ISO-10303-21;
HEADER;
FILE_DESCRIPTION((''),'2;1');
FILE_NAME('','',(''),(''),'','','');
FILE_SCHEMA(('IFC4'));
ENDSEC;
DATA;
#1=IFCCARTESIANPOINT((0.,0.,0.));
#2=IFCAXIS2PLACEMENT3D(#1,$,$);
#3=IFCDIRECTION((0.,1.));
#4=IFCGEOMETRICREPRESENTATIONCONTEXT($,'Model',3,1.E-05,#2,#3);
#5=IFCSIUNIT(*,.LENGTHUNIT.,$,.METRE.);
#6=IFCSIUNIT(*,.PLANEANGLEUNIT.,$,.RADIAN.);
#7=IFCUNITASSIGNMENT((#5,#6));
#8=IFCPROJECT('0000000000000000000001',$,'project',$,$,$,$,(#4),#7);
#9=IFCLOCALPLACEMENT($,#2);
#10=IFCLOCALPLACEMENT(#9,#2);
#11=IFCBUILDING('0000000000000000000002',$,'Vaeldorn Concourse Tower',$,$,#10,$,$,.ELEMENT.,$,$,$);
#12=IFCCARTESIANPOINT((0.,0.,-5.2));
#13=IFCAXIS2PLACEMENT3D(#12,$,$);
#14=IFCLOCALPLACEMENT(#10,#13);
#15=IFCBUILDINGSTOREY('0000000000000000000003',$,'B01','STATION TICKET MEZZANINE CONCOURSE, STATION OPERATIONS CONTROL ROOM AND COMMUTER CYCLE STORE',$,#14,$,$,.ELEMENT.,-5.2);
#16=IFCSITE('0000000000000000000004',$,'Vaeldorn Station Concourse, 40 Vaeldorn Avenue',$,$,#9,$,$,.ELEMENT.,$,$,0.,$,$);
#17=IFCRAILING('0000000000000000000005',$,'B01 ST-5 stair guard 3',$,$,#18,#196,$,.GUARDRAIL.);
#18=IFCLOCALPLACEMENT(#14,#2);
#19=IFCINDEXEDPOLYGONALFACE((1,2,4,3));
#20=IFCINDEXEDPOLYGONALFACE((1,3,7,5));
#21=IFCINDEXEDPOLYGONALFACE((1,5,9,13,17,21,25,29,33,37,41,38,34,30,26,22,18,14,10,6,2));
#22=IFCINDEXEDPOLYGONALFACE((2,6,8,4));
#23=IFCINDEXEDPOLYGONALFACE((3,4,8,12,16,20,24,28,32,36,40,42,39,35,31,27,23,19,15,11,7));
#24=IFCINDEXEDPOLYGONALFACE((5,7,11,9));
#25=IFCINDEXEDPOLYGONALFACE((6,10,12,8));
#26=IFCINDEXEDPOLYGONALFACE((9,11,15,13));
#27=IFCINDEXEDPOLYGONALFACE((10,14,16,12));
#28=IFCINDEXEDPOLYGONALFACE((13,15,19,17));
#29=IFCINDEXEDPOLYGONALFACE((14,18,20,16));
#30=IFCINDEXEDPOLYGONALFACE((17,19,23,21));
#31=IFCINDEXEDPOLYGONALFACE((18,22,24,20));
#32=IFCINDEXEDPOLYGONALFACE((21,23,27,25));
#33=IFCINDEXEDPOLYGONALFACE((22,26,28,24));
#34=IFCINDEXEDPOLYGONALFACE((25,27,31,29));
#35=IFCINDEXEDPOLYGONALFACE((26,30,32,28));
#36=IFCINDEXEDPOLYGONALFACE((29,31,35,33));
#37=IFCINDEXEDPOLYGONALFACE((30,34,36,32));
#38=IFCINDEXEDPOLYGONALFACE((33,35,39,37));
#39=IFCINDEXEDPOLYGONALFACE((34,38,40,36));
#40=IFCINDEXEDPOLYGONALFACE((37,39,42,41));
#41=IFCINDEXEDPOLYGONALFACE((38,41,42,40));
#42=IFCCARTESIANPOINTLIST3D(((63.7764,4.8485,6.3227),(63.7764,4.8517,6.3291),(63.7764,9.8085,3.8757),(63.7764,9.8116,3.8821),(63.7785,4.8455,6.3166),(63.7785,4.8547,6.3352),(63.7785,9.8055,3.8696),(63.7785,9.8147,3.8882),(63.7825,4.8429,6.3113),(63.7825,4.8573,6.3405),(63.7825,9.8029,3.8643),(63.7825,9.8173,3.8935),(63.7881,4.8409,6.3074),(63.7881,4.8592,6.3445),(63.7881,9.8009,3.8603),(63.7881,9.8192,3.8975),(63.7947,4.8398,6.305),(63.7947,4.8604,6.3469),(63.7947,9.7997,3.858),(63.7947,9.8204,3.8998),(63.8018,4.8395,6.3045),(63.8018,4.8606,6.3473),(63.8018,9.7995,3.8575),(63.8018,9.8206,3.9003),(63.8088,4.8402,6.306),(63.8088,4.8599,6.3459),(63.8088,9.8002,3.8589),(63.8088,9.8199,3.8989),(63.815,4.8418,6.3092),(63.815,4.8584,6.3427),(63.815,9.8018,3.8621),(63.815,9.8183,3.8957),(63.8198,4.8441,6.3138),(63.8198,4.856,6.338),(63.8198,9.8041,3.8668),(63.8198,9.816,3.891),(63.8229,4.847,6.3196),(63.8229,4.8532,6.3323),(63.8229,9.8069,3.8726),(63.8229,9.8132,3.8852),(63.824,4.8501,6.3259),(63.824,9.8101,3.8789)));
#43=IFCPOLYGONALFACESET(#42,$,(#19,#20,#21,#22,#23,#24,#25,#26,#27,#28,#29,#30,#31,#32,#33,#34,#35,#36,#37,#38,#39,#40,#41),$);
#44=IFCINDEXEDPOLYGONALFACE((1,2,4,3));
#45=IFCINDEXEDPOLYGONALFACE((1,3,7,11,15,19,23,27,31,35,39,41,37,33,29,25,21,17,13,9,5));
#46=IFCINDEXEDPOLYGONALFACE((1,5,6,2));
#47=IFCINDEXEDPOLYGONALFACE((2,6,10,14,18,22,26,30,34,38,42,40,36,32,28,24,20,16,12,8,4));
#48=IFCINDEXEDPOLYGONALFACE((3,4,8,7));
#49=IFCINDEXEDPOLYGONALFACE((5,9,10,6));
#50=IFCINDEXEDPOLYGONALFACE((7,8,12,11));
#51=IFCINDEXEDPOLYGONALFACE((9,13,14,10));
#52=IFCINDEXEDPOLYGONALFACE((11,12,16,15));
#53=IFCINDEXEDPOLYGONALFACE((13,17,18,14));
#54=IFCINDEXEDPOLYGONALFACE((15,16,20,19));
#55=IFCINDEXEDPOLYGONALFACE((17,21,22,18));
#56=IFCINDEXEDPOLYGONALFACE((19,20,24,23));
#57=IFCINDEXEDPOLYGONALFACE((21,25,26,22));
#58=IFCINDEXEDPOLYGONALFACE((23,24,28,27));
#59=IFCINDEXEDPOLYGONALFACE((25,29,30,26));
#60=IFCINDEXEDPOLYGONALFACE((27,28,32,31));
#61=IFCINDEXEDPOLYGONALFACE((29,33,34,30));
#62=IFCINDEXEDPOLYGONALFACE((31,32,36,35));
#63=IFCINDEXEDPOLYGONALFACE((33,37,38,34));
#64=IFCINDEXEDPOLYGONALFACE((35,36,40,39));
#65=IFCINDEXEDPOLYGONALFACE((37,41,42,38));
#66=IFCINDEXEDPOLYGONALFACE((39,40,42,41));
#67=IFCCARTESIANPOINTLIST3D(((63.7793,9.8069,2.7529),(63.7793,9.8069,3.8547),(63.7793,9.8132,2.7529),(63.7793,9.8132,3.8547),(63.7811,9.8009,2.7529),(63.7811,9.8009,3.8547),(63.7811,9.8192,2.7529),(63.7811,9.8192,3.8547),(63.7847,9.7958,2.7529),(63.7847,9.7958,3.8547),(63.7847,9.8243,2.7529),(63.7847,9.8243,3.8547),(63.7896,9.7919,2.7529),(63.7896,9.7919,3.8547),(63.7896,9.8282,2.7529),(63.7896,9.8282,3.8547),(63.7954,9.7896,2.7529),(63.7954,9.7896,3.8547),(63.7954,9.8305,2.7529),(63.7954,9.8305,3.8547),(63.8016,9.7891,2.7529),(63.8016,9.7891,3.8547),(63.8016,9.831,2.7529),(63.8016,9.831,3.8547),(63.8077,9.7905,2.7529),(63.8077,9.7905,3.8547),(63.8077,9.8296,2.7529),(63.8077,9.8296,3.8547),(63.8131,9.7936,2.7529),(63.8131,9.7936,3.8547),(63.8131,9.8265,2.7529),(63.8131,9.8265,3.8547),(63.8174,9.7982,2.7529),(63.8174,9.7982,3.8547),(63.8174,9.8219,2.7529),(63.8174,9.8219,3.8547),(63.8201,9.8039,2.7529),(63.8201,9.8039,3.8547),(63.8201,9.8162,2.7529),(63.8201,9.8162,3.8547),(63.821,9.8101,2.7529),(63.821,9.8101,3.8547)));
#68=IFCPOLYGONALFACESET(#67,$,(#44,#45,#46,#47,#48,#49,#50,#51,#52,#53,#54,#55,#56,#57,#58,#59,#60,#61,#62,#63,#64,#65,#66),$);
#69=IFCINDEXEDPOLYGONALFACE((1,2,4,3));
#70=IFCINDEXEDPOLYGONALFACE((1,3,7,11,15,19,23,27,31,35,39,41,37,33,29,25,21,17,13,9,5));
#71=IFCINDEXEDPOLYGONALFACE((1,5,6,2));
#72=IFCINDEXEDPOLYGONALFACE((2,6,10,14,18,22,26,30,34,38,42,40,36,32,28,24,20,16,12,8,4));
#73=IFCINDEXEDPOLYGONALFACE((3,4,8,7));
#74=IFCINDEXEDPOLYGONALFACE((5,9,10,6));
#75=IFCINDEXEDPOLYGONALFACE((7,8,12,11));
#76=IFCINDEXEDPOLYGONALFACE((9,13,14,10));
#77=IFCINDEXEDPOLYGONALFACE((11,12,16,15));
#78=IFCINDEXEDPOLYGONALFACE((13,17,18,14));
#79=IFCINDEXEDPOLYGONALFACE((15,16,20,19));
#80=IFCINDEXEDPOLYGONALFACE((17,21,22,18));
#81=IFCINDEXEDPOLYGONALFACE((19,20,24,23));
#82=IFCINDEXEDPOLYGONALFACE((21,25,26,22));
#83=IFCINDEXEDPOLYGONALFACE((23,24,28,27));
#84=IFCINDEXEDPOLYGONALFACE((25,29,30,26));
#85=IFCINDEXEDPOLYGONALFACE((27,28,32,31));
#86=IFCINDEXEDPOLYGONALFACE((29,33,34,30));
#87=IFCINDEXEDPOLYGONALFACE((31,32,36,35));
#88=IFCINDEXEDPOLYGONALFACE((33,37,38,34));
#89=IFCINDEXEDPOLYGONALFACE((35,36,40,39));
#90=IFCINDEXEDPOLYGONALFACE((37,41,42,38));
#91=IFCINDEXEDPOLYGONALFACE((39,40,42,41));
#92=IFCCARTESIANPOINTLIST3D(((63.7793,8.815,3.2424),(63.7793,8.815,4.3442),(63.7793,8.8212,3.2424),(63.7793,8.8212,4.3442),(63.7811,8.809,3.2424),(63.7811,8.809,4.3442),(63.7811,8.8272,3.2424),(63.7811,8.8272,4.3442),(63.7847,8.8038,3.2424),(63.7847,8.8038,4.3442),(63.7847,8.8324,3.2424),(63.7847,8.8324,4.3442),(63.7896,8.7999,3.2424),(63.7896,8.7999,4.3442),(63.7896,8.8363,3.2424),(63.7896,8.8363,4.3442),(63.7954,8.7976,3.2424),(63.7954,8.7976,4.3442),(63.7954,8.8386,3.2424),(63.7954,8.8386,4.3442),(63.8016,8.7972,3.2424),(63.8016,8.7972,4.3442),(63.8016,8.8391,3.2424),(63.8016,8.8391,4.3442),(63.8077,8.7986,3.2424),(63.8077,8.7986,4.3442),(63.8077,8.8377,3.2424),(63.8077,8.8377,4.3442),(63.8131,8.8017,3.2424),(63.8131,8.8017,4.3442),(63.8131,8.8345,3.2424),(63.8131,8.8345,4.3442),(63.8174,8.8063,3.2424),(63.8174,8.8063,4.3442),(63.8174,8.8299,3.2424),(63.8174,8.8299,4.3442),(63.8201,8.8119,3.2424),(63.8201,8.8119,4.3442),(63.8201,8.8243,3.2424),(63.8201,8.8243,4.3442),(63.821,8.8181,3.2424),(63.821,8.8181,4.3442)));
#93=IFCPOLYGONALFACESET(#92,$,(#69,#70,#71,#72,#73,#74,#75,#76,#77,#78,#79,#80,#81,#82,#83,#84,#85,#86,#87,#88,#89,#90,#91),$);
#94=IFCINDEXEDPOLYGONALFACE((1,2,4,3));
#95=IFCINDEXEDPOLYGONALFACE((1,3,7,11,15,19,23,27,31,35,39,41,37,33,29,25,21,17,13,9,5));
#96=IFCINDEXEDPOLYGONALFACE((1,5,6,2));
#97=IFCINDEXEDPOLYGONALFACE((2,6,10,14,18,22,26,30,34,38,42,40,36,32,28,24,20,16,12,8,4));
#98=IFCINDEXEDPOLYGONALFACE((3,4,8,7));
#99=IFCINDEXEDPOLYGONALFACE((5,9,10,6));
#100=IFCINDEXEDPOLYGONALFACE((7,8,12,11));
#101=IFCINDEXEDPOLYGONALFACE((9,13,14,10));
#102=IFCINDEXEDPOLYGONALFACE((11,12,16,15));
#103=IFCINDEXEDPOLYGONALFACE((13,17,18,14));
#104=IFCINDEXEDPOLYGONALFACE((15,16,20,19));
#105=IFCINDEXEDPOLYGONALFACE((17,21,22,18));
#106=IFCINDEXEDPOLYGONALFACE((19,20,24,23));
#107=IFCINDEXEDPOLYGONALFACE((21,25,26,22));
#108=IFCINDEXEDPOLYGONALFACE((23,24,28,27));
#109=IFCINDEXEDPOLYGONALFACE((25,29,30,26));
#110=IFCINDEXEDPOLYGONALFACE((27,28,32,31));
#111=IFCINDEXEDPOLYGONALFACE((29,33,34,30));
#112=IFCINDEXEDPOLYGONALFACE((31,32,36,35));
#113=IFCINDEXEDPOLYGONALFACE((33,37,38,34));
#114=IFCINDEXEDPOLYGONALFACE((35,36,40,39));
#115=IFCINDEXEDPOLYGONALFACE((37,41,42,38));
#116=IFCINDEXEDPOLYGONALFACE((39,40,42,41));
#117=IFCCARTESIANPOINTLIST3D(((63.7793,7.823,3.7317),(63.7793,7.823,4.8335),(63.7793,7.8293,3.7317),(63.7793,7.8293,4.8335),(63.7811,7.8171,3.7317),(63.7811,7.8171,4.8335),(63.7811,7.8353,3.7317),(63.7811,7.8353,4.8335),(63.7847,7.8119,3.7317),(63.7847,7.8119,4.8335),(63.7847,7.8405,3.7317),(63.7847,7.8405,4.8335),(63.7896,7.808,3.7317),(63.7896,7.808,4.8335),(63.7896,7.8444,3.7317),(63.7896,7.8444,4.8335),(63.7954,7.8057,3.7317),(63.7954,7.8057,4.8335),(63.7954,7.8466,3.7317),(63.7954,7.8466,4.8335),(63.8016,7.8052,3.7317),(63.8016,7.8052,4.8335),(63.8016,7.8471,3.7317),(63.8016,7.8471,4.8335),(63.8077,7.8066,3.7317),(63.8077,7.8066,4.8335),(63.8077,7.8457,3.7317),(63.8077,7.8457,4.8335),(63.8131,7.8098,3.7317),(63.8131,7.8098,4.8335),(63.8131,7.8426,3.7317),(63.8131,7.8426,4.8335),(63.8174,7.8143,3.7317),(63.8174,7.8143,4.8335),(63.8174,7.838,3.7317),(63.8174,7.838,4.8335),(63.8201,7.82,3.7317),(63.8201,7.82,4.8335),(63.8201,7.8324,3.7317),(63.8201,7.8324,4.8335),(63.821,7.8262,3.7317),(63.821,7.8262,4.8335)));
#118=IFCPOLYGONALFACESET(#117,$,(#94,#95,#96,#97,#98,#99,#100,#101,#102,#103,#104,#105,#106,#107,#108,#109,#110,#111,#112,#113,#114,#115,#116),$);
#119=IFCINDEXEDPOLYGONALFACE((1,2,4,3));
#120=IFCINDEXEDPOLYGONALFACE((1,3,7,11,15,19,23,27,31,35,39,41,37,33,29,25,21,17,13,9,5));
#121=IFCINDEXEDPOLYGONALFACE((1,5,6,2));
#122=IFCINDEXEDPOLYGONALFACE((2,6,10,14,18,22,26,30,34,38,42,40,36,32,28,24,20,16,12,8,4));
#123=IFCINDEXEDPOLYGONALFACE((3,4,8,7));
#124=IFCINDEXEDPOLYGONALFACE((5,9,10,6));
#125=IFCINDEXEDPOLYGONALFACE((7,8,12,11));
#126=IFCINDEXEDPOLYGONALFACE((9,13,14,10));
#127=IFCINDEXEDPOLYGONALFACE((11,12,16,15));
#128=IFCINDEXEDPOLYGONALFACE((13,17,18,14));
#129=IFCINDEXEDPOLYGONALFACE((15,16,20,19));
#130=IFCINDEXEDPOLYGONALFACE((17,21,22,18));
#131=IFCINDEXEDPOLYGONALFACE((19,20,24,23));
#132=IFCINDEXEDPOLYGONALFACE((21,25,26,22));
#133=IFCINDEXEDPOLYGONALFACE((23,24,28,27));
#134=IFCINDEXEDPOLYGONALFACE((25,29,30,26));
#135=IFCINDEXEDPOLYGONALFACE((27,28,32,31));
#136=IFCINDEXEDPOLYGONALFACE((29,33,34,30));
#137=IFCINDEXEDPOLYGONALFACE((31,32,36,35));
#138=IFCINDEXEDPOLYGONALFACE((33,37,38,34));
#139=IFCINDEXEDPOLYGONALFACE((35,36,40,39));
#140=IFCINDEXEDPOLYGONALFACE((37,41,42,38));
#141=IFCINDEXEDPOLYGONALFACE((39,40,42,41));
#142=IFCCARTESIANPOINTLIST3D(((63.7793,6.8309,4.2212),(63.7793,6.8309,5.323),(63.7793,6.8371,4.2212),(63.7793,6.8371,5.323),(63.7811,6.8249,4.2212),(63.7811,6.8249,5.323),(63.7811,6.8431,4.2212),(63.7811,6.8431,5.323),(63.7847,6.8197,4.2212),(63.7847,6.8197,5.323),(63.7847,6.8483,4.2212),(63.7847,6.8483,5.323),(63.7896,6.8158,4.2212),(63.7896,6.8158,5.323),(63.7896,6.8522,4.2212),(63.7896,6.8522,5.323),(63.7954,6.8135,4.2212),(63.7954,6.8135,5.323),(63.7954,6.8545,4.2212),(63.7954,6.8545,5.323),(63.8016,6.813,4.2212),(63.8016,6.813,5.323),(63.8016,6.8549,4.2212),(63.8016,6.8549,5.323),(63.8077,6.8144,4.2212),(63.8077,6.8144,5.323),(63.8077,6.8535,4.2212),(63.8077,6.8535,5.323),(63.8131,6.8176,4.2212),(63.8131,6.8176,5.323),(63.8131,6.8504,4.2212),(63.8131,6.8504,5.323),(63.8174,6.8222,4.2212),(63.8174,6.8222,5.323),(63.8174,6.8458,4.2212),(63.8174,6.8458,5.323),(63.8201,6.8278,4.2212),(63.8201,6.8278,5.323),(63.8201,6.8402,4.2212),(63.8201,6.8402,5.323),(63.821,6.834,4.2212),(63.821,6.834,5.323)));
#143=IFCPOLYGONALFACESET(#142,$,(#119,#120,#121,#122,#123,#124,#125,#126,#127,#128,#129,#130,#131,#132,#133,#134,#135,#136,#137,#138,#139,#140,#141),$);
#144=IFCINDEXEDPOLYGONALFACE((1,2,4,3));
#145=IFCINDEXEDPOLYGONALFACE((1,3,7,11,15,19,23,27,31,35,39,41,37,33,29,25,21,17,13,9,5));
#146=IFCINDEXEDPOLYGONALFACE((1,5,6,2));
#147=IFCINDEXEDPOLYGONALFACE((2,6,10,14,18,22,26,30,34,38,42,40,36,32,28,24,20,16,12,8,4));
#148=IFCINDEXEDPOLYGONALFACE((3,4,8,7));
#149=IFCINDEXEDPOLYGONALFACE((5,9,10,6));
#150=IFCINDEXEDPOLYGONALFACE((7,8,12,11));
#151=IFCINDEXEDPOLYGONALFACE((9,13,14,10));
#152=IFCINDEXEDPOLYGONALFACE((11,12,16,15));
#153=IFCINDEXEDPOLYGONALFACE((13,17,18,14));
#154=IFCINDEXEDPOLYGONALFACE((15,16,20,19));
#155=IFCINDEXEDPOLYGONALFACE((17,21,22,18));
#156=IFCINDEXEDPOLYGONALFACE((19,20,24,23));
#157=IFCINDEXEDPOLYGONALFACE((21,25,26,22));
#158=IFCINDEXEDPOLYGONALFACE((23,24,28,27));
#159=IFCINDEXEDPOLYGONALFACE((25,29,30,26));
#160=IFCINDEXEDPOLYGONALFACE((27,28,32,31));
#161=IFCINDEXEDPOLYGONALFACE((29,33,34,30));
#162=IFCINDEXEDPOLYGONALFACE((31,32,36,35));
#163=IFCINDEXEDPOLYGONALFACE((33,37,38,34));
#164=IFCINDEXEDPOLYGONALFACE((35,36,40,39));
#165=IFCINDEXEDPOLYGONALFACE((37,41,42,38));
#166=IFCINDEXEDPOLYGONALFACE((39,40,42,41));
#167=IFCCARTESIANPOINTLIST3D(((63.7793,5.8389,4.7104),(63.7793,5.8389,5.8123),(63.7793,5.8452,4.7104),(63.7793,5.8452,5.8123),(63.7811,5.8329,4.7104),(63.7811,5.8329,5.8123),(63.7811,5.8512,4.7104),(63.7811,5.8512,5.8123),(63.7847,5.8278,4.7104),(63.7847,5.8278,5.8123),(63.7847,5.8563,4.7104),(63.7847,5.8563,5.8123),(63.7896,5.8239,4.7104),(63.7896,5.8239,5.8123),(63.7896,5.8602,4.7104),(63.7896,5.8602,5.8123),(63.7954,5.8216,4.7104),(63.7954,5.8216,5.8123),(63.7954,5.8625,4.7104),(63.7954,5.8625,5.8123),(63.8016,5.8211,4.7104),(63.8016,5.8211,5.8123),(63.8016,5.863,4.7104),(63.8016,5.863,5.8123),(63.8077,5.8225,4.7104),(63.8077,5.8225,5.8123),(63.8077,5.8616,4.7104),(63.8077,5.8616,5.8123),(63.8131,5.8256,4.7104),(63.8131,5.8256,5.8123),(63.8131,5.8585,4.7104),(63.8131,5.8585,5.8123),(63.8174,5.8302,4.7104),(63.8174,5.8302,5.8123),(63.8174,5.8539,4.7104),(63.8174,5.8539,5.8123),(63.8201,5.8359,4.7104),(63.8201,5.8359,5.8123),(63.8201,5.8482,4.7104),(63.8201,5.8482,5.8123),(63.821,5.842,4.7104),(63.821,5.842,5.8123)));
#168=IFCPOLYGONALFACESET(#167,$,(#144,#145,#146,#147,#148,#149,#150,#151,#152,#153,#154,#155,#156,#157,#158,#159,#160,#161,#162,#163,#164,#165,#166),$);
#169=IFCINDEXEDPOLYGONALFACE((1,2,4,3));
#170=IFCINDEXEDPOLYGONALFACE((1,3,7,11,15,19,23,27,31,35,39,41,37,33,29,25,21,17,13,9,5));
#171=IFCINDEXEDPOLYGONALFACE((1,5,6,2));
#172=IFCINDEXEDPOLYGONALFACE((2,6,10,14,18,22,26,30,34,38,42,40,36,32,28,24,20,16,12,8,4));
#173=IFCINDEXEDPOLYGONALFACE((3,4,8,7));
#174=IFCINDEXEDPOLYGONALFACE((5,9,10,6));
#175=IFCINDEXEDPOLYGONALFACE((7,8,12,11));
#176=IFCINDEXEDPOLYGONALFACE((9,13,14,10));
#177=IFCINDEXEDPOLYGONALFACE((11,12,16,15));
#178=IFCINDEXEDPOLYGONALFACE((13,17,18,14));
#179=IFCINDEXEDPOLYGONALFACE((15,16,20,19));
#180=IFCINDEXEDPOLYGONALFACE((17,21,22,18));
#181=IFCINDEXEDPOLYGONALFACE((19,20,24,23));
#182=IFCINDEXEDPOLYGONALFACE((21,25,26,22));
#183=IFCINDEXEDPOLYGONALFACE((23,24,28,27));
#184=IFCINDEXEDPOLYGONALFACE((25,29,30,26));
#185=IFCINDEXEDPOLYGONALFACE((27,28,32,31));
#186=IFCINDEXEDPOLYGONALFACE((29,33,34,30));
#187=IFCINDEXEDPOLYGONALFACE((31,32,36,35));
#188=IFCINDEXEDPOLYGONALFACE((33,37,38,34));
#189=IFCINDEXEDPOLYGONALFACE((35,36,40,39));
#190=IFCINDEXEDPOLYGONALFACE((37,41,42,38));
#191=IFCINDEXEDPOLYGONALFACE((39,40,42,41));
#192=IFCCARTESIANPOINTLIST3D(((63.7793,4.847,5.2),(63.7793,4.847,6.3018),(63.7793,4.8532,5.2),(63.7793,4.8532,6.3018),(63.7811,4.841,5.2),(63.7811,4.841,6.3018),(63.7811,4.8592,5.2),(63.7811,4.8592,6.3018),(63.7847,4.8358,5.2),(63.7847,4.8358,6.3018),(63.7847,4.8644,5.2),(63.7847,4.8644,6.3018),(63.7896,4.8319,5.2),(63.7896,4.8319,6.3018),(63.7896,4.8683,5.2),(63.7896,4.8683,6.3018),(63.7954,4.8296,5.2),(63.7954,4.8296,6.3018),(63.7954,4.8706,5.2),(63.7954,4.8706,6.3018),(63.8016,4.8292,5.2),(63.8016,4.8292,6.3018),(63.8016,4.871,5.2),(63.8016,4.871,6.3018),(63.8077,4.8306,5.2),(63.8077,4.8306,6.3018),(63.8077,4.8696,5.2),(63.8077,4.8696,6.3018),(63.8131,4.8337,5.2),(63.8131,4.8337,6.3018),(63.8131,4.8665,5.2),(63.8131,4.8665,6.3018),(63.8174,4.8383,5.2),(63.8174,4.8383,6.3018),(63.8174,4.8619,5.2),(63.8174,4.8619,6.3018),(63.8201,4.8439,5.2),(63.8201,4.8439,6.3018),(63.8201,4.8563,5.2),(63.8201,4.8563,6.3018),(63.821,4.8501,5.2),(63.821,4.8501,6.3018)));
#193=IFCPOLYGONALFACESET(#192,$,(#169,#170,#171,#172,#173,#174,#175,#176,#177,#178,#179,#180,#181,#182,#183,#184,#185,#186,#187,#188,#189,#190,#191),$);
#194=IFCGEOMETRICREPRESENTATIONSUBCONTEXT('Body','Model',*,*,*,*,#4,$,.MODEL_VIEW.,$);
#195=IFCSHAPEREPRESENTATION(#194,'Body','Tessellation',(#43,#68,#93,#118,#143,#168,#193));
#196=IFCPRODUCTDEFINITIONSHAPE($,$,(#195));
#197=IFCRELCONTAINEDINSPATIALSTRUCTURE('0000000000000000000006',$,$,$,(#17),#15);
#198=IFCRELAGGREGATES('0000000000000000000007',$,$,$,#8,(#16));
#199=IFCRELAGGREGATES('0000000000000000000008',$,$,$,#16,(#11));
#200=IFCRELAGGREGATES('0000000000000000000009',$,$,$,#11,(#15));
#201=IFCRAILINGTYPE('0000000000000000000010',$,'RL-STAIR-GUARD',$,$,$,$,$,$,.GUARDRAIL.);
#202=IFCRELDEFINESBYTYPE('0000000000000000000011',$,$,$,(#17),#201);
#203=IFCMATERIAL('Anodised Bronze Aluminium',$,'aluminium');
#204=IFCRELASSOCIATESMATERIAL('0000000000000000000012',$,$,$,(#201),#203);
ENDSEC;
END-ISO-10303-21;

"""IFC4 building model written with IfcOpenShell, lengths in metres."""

from ifc_helpers import new_model, si_unit, direction, frame, origin, origin_2d, place, context, subcontext, project, spatial, circle, extrude, material, type_object, element, save


model = new_model("IFC4")

# Units and contexts
model_context = context("Model", 3, precision=1e-05, world=origin(), true_north=direction((0.0, 1.0)))
body_context = subcontext(model_context, "Body", "Model", "MODEL_VIEW")
ifc_project = project(units=[si_unit("LENGTHUNIT", "METRE"), si_unit("PLANEANGLEUNIT", "RADIAN")], contexts=[model_context])

# Site, building, storey
site_placement = place(None, origin())
site = spatial("IfcSite", under=ifc_project, at=site_placement, Name="Vaeldorn Station Concourse, 40 Vaeldorn Avenue", CompositionType="ELEMENT", RefElevation=0.0)
building_placement = place(site_placement, origin())
building = spatial("IfcBuilding", under=site, at=building_placement, Name="Vaeldorn Concourse Tower", CompositionType="ELEMENT")
storey_placement = place(building_placement, frame((0.0, 0.0, -5.2)))
storey = spatial("IfcBuildingStorey", under=building, at=storey_placement, Name="B01", Description="STATION TICKET MEZZANINE CONCOURSE, STATION OPERATIONS CONTROL ROOM AND COMMUTER CYCLE STORE", CompositionType="ELEMENT", Elevation=-5.2)

# Railing
ifc_material_1 = material(Name="Anodised Bronze Aluminium", Category="aluminium")
railing_type_1 = type_object("IfcRailingType", Name="RL-STAIR-GUARD", PredefinedType="GUARDRAIL", material=ifc_material_1)
railing_1_placement = place(storey_placement, frame((63.8, 9.8101, 2.7529)))
element("IfcRailing", 1, at=railing_1_placement, inside=storey, type_object=railing_type_1, Name="B01 ST-5 stair guard 3", PredefinedType="GUARDRAIL", context=body_context, shape_type="SweptSolid", body=[
    extrude(circle(Radius=0.0239, at=origin_2d()), frame((0.0, 0.0, 1.126), z_axis=(0.0, -0.896798, 0.44244), x_axis=(1.0, 0.0, 0.0)), (0.0, 0.0, 1.0), 5.5308),
    extrude(circle(Radius=0.021, at=origin_2d()), origin(), (0.0, 0.0, 1.0), 1.1018),
    extrude(circle(Radius=0.021, at=origin_2d()), frame((0.0, -0.9919, 0.4895)), (0.0, 0.0, 1.0), 1.1018),
    extrude(circle(Radius=0.021, at=origin_2d()), frame((0.0, -1.9839, 0.9788)), (0.0, 0.0, 1.0), 1.1018),
    extrude(circle(Radius=0.021, at=origin_2d()), frame((0.0, -2.9761, 1.4683)), (0.0, 0.0, 1.0), 1.1018),
    extrude(circle(Radius=0.021, at=origin_2d()), frame((0.0, -3.968, 1.9575)), (0.0, 0.0, 1.0), 1.1018),
    extrude(circle(Radius=0.021, at=origin_2d()), frame((0.0, -4.96, 2.447)), (0.0, 0.0, 1.0), 1.1018),
])

save(model, "model.ifc")
